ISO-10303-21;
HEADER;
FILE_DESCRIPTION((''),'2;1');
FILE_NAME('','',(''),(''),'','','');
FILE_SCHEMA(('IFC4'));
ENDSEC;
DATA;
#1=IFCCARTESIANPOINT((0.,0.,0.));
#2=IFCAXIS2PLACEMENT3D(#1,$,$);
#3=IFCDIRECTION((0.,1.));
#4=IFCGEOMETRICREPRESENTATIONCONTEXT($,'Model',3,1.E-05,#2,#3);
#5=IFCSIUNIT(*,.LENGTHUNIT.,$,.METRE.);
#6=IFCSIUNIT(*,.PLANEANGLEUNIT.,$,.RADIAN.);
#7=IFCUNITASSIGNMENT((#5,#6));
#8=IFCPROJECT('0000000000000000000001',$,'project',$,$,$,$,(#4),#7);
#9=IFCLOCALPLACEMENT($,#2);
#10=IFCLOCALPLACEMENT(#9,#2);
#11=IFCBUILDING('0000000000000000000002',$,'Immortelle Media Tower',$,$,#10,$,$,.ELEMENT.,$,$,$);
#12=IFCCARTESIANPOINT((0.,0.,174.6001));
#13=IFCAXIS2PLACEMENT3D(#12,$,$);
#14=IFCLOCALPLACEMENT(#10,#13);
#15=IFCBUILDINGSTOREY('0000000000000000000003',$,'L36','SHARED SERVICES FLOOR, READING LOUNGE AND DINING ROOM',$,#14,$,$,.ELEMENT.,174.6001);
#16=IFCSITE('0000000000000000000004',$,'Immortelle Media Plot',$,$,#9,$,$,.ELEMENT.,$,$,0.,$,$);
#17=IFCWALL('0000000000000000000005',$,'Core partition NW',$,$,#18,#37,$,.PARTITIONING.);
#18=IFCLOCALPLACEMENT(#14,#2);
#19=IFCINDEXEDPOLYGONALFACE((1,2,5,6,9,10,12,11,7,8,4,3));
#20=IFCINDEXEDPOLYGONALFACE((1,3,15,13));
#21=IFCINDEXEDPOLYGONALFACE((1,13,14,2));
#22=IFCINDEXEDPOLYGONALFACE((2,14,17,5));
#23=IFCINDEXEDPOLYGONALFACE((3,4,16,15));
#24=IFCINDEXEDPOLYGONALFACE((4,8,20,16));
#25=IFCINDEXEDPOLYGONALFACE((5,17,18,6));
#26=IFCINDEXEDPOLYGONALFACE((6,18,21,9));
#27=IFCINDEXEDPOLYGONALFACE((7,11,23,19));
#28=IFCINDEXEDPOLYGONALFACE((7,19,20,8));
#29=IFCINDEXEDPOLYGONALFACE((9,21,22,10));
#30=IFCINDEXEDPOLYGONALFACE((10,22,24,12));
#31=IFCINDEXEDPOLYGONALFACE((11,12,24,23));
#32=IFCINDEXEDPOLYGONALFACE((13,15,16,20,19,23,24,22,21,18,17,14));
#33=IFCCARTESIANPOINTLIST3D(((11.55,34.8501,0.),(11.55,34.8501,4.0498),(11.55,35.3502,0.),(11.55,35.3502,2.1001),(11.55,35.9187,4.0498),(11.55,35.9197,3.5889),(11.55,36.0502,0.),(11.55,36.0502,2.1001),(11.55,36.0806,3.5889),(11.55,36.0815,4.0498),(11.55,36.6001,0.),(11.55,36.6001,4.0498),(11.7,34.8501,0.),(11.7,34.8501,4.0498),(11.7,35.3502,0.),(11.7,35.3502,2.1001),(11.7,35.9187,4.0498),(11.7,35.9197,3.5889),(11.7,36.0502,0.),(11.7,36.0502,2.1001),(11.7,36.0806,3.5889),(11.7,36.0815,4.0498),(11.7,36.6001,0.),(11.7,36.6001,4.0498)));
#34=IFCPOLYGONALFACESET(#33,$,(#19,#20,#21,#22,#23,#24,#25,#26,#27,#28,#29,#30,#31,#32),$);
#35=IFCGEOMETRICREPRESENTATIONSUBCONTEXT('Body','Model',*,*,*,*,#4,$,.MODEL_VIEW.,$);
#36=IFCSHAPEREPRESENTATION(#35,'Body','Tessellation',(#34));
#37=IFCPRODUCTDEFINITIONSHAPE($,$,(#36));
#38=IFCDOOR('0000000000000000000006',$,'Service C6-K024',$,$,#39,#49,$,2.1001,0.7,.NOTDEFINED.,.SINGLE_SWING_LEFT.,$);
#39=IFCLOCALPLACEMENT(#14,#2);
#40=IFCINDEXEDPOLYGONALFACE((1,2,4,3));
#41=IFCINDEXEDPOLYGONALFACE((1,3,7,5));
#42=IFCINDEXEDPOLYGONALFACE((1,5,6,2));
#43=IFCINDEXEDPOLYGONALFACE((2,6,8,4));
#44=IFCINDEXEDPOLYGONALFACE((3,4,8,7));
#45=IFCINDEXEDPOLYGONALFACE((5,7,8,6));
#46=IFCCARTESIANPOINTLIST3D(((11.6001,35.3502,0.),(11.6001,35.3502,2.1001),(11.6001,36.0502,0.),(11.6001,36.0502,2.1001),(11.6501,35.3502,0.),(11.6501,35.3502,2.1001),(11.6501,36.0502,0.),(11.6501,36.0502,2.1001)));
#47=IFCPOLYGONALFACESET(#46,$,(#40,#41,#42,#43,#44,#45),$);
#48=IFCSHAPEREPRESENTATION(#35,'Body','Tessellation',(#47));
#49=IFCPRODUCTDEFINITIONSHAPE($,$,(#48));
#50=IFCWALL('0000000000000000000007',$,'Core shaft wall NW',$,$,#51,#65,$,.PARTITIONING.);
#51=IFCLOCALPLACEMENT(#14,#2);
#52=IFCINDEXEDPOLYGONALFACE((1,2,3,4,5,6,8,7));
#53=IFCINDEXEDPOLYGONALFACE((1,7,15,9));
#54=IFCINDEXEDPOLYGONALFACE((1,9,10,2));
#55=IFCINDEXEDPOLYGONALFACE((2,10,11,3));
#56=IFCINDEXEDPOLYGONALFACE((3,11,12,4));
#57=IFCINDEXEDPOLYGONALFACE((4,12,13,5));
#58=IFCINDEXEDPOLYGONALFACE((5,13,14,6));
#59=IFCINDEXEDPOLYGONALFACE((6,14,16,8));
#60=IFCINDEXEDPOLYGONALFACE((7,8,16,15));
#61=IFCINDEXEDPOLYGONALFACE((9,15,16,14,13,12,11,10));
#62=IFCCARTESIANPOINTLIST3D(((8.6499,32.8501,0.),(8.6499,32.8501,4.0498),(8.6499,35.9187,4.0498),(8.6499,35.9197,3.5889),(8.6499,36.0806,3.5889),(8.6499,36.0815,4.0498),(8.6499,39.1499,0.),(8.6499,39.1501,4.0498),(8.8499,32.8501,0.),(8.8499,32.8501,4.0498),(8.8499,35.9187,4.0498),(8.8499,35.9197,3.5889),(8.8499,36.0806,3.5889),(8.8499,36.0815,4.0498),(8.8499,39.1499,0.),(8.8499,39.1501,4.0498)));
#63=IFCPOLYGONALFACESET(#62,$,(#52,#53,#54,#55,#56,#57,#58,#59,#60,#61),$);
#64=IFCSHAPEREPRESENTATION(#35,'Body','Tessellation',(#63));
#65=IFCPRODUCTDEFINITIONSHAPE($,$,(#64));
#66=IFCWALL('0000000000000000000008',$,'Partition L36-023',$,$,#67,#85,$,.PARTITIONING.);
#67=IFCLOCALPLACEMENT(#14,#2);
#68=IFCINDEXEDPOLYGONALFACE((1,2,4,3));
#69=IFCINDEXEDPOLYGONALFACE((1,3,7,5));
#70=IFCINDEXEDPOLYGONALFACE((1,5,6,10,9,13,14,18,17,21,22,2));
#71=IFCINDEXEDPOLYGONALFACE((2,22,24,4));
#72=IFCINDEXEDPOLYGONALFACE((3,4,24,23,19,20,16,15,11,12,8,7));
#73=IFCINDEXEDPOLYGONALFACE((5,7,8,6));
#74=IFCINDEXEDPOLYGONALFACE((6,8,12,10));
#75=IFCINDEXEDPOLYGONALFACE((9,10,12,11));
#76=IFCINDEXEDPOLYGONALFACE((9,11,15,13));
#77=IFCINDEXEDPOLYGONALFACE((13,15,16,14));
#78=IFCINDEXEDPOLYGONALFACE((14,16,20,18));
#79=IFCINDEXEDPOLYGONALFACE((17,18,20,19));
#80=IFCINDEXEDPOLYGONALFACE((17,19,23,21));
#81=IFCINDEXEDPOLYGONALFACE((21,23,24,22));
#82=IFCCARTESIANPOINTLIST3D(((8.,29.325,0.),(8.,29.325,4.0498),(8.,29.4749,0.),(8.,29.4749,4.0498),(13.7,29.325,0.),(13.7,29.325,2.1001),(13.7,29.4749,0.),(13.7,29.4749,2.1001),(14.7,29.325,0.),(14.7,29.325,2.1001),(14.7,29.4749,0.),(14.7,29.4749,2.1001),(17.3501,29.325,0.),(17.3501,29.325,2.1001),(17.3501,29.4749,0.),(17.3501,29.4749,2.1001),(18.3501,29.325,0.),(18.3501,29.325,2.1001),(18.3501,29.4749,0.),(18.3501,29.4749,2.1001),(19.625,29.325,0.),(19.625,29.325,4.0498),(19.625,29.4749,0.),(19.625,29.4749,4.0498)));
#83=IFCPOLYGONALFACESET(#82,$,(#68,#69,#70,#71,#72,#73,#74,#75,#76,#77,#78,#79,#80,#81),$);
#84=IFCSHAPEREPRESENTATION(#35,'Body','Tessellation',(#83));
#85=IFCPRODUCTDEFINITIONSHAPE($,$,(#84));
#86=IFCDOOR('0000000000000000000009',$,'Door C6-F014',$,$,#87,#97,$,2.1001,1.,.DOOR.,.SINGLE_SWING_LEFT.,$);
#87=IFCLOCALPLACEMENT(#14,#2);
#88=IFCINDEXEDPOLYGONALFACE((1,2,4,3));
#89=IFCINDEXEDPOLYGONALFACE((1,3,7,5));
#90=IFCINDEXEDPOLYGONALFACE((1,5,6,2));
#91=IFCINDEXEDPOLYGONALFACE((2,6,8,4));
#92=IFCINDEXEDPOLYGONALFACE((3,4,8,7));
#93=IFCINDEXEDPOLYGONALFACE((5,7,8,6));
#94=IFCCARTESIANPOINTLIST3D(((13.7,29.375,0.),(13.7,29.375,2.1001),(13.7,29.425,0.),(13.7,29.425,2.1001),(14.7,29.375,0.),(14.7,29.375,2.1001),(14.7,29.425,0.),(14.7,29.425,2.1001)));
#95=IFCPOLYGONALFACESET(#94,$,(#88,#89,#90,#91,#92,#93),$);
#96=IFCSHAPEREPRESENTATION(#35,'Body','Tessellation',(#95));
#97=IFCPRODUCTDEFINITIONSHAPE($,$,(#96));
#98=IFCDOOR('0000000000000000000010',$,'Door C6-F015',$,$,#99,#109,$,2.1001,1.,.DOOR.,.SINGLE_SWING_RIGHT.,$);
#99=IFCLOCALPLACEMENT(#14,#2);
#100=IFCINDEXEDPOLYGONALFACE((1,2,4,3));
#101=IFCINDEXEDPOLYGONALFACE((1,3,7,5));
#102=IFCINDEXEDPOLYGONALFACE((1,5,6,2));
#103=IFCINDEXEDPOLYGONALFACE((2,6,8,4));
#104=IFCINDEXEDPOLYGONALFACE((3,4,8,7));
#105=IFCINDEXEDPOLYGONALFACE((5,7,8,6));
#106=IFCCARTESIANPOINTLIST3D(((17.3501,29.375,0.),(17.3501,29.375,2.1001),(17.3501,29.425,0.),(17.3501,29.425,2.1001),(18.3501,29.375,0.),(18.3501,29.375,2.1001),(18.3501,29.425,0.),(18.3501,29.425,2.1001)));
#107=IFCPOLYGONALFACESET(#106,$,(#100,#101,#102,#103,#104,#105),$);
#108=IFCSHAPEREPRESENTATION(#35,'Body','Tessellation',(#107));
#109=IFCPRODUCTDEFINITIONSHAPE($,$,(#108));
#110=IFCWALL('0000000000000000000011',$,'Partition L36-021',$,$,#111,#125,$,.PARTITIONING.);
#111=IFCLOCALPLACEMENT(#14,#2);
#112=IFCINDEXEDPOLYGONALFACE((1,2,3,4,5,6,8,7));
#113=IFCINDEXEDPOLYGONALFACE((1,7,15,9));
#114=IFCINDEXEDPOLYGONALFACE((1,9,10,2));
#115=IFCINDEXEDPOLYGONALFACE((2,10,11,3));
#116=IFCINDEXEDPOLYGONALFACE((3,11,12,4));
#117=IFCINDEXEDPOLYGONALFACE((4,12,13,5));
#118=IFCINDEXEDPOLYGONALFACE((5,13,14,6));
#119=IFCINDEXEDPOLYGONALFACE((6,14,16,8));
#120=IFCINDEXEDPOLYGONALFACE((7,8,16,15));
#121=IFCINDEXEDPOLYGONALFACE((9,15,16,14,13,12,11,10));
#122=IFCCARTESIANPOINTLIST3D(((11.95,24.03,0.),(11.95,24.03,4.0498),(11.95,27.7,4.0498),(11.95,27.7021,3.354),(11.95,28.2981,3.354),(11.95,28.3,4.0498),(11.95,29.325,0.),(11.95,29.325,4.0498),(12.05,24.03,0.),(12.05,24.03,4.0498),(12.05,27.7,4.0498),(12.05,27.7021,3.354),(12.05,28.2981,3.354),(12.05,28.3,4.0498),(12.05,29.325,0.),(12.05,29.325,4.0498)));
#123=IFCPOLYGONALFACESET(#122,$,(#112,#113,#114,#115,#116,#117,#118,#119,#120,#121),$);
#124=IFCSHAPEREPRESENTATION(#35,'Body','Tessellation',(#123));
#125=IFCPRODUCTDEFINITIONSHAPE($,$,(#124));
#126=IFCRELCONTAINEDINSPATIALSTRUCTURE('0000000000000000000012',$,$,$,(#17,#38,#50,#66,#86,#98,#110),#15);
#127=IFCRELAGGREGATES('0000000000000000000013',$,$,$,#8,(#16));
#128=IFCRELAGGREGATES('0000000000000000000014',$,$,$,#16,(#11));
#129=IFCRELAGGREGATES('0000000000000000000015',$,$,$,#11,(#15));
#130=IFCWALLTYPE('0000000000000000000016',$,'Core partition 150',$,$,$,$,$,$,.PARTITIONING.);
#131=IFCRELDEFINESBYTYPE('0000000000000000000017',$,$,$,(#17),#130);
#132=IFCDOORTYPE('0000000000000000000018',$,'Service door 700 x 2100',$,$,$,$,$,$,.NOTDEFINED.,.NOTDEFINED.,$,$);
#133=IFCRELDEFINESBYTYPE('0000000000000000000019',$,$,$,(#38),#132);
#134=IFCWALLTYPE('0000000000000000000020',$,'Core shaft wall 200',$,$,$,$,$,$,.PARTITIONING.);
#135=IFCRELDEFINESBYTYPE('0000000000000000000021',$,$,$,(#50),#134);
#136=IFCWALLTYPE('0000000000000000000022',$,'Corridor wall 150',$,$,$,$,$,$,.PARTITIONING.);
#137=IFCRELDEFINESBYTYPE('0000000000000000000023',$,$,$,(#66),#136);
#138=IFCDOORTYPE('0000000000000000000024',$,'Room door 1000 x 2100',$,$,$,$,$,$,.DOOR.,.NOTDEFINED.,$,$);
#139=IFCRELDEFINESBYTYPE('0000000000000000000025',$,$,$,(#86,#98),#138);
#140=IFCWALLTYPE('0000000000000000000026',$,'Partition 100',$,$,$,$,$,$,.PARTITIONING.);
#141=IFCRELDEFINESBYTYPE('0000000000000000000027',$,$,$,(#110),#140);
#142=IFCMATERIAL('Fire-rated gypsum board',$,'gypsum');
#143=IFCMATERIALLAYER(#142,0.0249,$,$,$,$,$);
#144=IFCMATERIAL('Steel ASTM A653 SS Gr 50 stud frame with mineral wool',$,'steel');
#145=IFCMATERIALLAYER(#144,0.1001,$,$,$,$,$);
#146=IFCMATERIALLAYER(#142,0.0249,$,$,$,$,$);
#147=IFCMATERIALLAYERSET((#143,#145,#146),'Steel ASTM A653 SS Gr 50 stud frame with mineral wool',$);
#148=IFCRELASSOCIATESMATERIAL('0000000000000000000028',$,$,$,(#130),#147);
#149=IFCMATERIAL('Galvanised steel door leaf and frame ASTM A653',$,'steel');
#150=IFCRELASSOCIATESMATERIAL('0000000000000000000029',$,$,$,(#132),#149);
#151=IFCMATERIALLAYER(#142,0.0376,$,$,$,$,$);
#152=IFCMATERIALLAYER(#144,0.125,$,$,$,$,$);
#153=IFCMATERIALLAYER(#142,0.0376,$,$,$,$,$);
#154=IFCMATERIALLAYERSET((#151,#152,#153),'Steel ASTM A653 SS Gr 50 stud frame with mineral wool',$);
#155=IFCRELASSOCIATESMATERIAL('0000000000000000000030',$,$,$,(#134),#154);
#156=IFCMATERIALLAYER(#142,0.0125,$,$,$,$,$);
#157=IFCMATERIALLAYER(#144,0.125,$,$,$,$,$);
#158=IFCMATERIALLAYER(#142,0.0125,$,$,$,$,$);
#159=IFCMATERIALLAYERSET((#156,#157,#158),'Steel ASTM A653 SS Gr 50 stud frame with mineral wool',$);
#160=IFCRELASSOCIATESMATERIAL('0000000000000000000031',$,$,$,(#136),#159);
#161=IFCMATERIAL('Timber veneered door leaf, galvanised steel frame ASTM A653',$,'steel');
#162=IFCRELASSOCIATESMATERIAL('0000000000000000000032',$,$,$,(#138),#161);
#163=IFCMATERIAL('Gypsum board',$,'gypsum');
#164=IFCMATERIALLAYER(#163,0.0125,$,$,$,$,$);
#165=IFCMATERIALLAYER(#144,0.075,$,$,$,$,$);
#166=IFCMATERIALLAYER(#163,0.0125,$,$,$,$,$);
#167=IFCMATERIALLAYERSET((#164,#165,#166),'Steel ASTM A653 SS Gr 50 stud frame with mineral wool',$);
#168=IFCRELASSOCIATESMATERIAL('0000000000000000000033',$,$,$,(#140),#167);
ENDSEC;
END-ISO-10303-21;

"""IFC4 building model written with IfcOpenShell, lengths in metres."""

from ifc_helpers import new_model, si_unit, direction, frame, frame_2d, origin, place, context, subcontext, project, spatial, polyline, rectangle, outline, extrude, material, layer, layer_set, type_object, element, fill, save


model = new_model("IFC4")

# Units and contexts
model_context = context("Model", 3, precision=1e-05, world=origin(), true_north=direction((0.0, 1.0)))
body_context = subcontext(model_context, "Body", "Model", "MODEL_VIEW")
ifc_project = project(units=[si_unit("LENGTHUNIT", "METRE"), si_unit("PLANEANGLEUNIT", "RADIAN")], contexts=[model_context])

# Site, building, storey
site_placement = place(None, origin())
site = spatial("IfcSite", under=ifc_project, at=site_placement, Name="Immortelle Media Plot", CompositionType="ELEMENT", RefElevation=0.0)
building_placement = place(site_placement, origin())
building = spatial("IfcBuilding", under=site, at=building_placement, Name="Immortelle Media Tower", CompositionType="ELEMENT")
storey_placement = place(building_placement, frame((0.0, 0.0, 174.6001)))
storey = spatial("IfcBuildingStorey", under=building, at=storey_placement, Name="L36", Description="SHARED SERVICES FLOOR, READING LOUNGE AND DINING ROOM", CompositionType="ELEMENT", Elevation=174.6001)

# Shared definitions
ifc_material_1 = material(Name="Fire-rated gypsum board", Category="gypsum")
ifc_layer_1 = layer(ifc_material_1, 0.0249)
ifc_material_2 = material(Name="Steel ASTM A653 SS Gr 50 stud frame with mineral wool", Category="steel")
ifc_layer_2 = layer(ifc_material_2, 0.1001)
ifc_layer_3 = layer(ifc_material_1, 0.0249)
ifc_layer_set_1 = layer_set([ifc_layer_1, ifc_layer_2, ifc_layer_3], Name="Steel ASTM A653 SS Gr 50 stud frame with mineral wool")
wall_type_1 = type_object("IfcWallType", Name="Core partition 150", PredefinedType="PARTITIONING", material=ifc_layer_set_1)

# Wall, opening, door
ifc_material_3 = material(Name="Galvanised steel door leaf and frame ASTM A653", Category="steel")
wall_1_placement = place(storey_placement, frame((11.625, 34.8501, 0.0), z_axis=(0.0, 0.0, 1.0), x_axis=(0.0, 1.0, 0.0)))
wall_1 = element("IfcWall", 1, at=wall_1_placement, inside=storey, type_object=wall_type_1, Name="Core partition NW", PredefinedType="PARTITIONING", context=body_context, shape_type="SweptSolid", body=[
    extrude(outline(polyline([(0.0, 0.0), (1.75, 0.0), (1.75, 4.0498), (1.2314, 4.0498), (1.2305, 3.5889), (1.0696, 3.5889), (1.0686, 4.0498), (0.0, 4.0498), (0.0, 0.0)])), frame((0.0, 0.075, 0.0), z_axis=(0.0, -1.0, 0.0), x_axis=(1.0, 0.0, 0.0)), (0.0, 0.0, 1.0), 0.1499),
])
opening_1_placement = place(wall_1_placement, frame((0.5, 0.0, 0.0)))
opening_1 = element("IfcOpeningElement", 2, at=opening_1_placement, cuts=wall_1, PredefinedType="OPENING", context=body_context, shape_type="SweptSolid", body=[
    extrude(rectangle(XDim=0.7, YDim=2.1001, at=frame_2d((0.3501, 1.05))), frame((0.0, 0.085, 0.0), z_axis=(0.0, -1.0, 0.0), x_axis=(1.0, 0.0, 0.0)), (0.0, 0.0, 1.0), 0.1699),
])
door_type_1 = type_object("IfcDoorType", Name="Service door 700 x 2100", OperationType="NOTDEFINED", PredefinedType="NOTDEFINED", material=ifc_material_3)
door_1_placement = place(opening_1_placement, origin())
door_1 = element("IfcDoor", 3, at=door_1_placement, inside=storey, type_object=door_type_1, Name="Service C6-K024", OperationType="SINGLE_SWING_LEFT", OverallHeight=2.1001, OverallWidth=0.7, PredefinedType="NOTDEFINED", context=body_context, shape_type="SweptSolid", body=[
    extrude(rectangle(XDim=0.7, YDim=2.1001, at=frame_2d((0.3501, 1.05))), frame((0.0, 0.0249, 0.0), z_axis=(0.0, -1.0, 0.0), x_axis=(1.0, 0.0, 0.0)), (0.0, 0.0, 1.0), 0.05),
])
fill(opening_1, door_1)

# Wall
ifc_layer_4 = layer(ifc_material_1, 0.0376)
ifc_layer_5 = layer(ifc_material_2, 0.125)
ifc_layer_6 = layer(ifc_material_1, 0.0376)
ifc_layer_set_2 = layer_set([ifc_layer_4, ifc_layer_5, ifc_layer_6], Name="Steel ASTM A653 SS Gr 50 stud frame with mineral wool")
wall_type_2 = type_object("IfcWallType", Name="Core shaft wall 200", PredefinedType="PARTITIONING", material=ifc_layer_set_2)
wall_2_placement = place(storey_placement, frame((8.75, 32.8501, 0.0), z_axis=(0.0, 0.0, 1.0), x_axis=(0.0, 1.0, 0.0)))
element("IfcWall", 4, at=wall_2_placement, inside=storey, type_object=wall_type_2, Name="Core shaft wall NW", PredefinedType="PARTITIONING", context=body_context, shape_type="SweptSolid", body=[
    extrude(outline(polyline([(0.0, 0.0), (6.2998, 0.0), (6.3, 4.0498), (3.2314, 4.0498), (3.2305, 3.5889), (3.0696, 3.5889), (3.0686, 4.0498), (0.0, 4.0498), (0.0, 0.0)])), frame((0.0, 0.1001, 0.0), z_axis=(0.0, -1.0, 0.0), x_axis=(1.0, 0.0, 0.0)), (0.0, 0.0, 1.0), 0.2),
])

# Wall, openings, doors
ifc_layer_7 = layer(ifc_material_1, 0.0125)
ifc_layer_8 = layer(ifc_material_2, 0.125)
ifc_layer_9 = layer(ifc_material_1, 0.0125)
ifc_layer_set_3 = layer_set([ifc_layer_7, ifc_layer_8, ifc_layer_9], Name="Steel ASTM A653 SS Gr 50 stud frame with mineral wool")
wall_type_3 = type_object("IfcWallType", Name="Corridor wall 150", PredefinedType="PARTITIONING", material=ifc_layer_set_3)
wall_3_placement = place(storey_placement, frame((8.0, 29.3999, 0.0), z_axis=(0.0, 0.0, 1.0), x_axis=(1.0, 0.0, 0.0)))
wall_3 = element("IfcWall", 5, at=wall_3_placement, inside=storey, type_object=wall_type_3, Name="Partition L36-023", PredefinedType="PARTITIONING", context=body_context, shape_type="SweptSolid", body=[
    extrude(rectangle(XDim=11.625, YDim=0.1499, at=frame_2d((5.8125, 0.0))), origin(), (0.0, 0.0, 1.0), 4.0498),
])
opening_2_placement = place(wall_3_placement, frame((6.7, 0.0, 0.0), z_axis=(0.0, 0.0, 1.0), x_axis=(-1.0, 0.0, 0.0)))
opening_2 = element("IfcOpeningElement", 6, at=opening_2_placement, cuts=wall_3, PredefinedType="OPENING", context=body_context, shape_type="SweptSolid", body=[
    extrude(rectangle(XDim=1.0, YDim=2.1001, at=frame_2d((0.5, 1.05))), frame((0.0, 0.085, 0.0), z_axis=(0.0, -1.0, 0.0), x_axis=(1.0, 0.0, 0.0)), (0.0, 0.0, 1.0), 0.1699),
])
opening_3_placement = place(wall_3_placement, frame((10.3501, 0.0, 0.0), z_axis=(0.0, 0.0, 1.0), x_axis=(-1.0, 0.0, 0.0)))
opening_3 = element("IfcOpeningElement", 7, at=opening_3_placement, cuts=wall_3, PredefinedType="OPENING", context=body_context, shape_type="SweptSolid", body=[
    extrude(rectangle(XDim=1.0, YDim=2.1001, at=frame_2d((0.5, 1.05))), frame((0.0, 0.085, 0.0), z_axis=(0.0, -1.0, 0.0), x_axis=(1.0, 0.0, 0.0)), (0.0, 0.0, 1.0), 0.1699),
])
ifc_material_4 = material(Name="Timber veneered door leaf, galvanised steel frame ASTM A653", Category="steel")
door_type_2 = type_object("IfcDoorType", Name="Room door 1000 x 2100", OperationType="NOTDEFINED", PredefinedType="DOOR", material=ifc_material_4)
door_2_placement = place(opening_2_placement, origin())
door_2 = element("IfcDoor", 8, at=door_2_placement, inside=storey, type_object=door_type_2, Name="Door C6-F014", OperationType="SINGLE_SWING_LEFT", OverallHeight=2.1001, OverallWidth=1.0, PredefinedType="DOOR", context=body_context, shape_type="SweptSolid", body=[
    extrude(rectangle(XDim=1.0, YDim=2.1001, at=frame_2d((0.5, 1.05))), frame((0.0, 0.0249, 0.0), z_axis=(0.0, -1.0, 0.0), x_axis=(1.0, 0.0, 0.0)), (0.0, 0.0, 1.0), 0.05),
])
fill(opening_2, door_2)
door_3_placement = place(opening_3_placement, origin())
door_3 = element("IfcDoor", 9, at=door_3_placement, inside=storey, type_object=door_type_2, Name="Door C6-F015", OperationType="SINGLE_SWING_RIGHT", OverallHeight=2.1001, OverallWidth=1.0, PredefinedType="DOOR", context=body_context, shape_type="SweptSolid", body=[
    extrude(rectangle(XDim=1.0, YDim=2.1001, at=frame_2d((0.5, 1.05))), frame((0.0, 0.0249, 0.0), z_axis=(0.0, -1.0, 0.0), x_axis=(1.0, 0.0, 0.0)), (0.0, 0.0, 1.0), 0.05),
])
fill(opening_3, door_3)

# Wall
ifc_material_5 = material(Name="Gypsum board", Category="gypsum")
ifc_layer_10 = layer(ifc_material_5, 0.0125)
ifc_layer_11 = layer(ifc_material_2, 0.075)
ifc_layer_12 = layer(ifc_material_5, 0.0125)
ifc_layer_set_4 = layer_set([ifc_layer_10, ifc_layer_11, ifc_layer_12], Name="Steel ASTM A653 SS Gr 50 stud frame with mineral wool")
wall_type_4 = type_object("IfcWallType", Name="Partition 100", PredefinedType="PARTITIONING", material=ifc_layer_set_4)
wall_4_placement = place(storey_placement, frame((12.0, 24.03, 0.0), z_axis=(0.0, 0.0, 1.0), x_axis=(0.0, 1.0, 0.0)))
element("IfcWall", 10, at=wall_4_placement, inside=storey, type_object=wall_type_4, Name="Partition L36-021", PredefinedType="PARTITIONING", context=body_context, shape_type="SweptSolid", body=[
    extrude(outline(polyline([(0.0, 0.0), (5.2949, 0.0), (5.2949, 4.0498), (4.27, 4.0498), (4.2681, 3.354), (3.6721, 3.354), (3.6699, 4.0498), (0.0, 4.0498), (0.0, 0.0)])), frame((0.0, 0.05, 0.0), z_axis=(0.0, -1.0, 0.0), x_axis=(1.0, 0.0, 0.0)), (0.0, 0.0, 1.0), 0.1001),
])

save(model, "model.ifc")
